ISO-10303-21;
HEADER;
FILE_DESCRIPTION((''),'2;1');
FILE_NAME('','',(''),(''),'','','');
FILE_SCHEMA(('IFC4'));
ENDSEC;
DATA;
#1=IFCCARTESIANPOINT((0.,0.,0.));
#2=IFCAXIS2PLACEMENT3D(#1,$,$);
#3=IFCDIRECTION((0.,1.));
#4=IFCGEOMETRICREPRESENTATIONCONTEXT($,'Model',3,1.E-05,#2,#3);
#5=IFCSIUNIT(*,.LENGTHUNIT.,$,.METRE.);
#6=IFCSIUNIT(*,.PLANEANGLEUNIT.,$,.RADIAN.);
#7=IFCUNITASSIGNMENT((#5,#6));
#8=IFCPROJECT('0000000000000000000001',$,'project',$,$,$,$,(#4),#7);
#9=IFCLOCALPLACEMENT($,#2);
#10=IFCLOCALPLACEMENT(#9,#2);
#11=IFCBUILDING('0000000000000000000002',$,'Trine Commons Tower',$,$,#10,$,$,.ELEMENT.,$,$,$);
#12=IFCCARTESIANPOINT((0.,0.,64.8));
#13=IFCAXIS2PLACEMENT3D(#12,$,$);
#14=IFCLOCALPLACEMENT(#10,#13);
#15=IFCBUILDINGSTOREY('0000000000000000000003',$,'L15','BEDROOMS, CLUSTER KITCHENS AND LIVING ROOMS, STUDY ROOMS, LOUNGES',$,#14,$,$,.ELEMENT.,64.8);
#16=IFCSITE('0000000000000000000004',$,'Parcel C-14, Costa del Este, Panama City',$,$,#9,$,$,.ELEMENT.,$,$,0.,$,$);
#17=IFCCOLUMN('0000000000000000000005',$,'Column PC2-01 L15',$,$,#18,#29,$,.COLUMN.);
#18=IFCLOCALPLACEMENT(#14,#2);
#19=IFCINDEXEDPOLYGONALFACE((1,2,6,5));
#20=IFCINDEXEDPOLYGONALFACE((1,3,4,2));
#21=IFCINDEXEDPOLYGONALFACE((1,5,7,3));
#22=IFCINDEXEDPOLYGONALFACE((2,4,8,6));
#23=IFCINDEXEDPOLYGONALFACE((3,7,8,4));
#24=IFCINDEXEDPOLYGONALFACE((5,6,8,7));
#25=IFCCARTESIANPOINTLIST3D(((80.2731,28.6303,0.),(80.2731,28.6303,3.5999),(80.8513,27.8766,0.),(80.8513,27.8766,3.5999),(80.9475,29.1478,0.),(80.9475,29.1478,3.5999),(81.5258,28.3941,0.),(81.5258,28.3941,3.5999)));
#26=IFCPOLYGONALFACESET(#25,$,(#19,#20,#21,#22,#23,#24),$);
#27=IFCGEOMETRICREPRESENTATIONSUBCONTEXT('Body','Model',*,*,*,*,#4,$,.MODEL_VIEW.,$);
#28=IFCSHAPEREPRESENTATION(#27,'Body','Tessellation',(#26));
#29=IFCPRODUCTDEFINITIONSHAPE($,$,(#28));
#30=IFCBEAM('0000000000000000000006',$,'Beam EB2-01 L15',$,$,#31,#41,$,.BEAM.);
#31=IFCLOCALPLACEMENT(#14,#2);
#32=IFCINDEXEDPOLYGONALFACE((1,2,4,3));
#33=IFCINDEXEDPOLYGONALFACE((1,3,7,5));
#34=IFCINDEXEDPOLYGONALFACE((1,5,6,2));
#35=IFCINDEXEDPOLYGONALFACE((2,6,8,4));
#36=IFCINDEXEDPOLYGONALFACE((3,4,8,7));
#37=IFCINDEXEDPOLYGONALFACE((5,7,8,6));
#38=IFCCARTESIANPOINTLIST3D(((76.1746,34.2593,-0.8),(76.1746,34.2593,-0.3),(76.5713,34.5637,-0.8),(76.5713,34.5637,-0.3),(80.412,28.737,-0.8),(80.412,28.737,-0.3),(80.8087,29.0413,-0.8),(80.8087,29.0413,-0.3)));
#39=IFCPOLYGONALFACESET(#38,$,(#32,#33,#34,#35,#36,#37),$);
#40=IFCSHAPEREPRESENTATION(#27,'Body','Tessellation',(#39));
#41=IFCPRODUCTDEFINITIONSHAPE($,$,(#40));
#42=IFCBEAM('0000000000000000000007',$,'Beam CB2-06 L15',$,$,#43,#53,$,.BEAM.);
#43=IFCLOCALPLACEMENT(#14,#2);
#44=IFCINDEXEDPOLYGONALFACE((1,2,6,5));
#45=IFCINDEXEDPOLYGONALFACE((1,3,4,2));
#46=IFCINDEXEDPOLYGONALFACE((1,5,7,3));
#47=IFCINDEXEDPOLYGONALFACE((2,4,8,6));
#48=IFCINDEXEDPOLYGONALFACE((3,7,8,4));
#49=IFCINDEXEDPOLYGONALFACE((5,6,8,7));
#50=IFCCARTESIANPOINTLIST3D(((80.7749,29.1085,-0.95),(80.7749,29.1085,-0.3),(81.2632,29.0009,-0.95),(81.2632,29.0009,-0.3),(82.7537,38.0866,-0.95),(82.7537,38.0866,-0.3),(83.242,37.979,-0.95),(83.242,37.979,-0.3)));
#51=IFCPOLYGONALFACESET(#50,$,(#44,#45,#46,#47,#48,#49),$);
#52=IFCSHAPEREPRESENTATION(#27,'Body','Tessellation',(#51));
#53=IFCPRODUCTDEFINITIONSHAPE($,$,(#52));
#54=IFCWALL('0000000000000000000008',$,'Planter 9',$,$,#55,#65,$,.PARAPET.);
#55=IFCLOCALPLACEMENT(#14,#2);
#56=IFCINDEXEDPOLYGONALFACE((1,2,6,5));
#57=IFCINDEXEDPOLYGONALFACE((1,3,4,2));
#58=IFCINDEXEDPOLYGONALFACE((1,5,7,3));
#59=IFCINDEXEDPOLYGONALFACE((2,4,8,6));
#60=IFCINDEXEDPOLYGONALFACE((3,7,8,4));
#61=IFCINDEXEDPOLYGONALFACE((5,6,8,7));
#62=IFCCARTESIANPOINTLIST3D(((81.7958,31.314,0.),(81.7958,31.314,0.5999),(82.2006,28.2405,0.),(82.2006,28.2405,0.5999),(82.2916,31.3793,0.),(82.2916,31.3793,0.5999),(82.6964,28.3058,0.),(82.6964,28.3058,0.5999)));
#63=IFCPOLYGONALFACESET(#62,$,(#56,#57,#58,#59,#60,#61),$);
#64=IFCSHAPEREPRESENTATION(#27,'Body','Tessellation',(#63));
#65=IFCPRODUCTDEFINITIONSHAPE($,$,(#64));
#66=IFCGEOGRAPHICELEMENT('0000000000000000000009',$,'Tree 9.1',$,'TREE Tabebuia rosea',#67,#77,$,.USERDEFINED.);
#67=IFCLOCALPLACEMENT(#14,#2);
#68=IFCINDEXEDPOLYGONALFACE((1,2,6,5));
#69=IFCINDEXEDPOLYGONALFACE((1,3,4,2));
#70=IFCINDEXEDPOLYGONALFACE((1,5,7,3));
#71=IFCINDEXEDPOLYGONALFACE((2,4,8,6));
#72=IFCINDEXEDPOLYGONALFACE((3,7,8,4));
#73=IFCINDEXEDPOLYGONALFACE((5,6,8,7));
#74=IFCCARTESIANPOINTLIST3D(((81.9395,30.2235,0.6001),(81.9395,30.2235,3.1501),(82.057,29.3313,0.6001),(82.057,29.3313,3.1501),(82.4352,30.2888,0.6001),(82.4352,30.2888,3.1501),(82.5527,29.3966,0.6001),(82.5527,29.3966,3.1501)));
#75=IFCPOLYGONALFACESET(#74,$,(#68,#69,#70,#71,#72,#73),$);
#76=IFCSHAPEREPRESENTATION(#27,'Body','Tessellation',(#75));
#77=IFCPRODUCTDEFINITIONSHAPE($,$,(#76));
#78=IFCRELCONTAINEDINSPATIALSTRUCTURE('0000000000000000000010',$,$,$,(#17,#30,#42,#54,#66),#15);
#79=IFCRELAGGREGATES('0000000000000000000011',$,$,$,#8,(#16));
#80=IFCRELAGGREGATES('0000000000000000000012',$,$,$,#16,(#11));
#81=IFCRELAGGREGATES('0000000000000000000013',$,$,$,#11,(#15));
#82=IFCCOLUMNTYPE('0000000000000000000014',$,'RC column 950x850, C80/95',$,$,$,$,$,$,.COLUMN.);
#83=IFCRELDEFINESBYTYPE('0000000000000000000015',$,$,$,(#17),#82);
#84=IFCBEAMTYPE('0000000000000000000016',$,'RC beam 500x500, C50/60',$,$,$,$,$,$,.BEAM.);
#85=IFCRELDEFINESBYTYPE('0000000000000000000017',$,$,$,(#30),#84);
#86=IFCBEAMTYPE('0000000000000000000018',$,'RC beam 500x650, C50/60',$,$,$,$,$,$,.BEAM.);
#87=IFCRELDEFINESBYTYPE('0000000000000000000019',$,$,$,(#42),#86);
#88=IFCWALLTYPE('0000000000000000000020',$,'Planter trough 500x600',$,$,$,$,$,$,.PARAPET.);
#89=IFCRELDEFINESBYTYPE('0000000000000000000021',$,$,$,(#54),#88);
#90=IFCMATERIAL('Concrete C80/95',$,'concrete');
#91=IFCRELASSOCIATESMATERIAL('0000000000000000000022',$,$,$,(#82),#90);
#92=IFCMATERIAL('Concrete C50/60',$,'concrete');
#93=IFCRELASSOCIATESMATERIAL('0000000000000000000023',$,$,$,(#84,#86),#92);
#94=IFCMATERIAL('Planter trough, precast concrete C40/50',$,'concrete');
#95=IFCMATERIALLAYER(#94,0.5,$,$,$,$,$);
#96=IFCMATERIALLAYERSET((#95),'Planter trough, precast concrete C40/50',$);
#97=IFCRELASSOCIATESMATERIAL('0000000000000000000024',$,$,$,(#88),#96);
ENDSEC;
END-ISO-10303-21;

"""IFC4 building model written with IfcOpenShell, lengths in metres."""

from ifc_helpers import new_model, si_unit, direction, frame, frame_2d, origin, origin_2d, place, context, subcontext, project, spatial, rectangle, extrude, material, layer, layer_set, material_profile, profile_set, type_object, element, save


model = new_model("IFC4")

# Units and contexts
model_context = context("Model", 3, precision=1e-05, world=origin(), true_north=direction((0.0, 1.0)))
body_context = subcontext(model_context, "Body", "Model", "MODEL_VIEW")
ifc_project = project(units=[si_unit("LENGTHUNIT", "METRE"), si_unit("PLANEANGLEUNIT", "RADIAN")], contexts=[model_context])

# Site, building, storey
site_placement = place(None, origin())
site = spatial("IfcSite", under=ifc_project, at=site_placement, Name="Parcel C-14, Costa del Este, Panama City", CompositionType="ELEMENT", RefElevation=0.0)
building_placement = place(site_placement, origin())
building = spatial("IfcBuilding", under=site, at=building_placement, Name="Trine Commons Tower", CompositionType="ELEMENT")
storey_placement = place(building_placement, frame((0.0, 0.0, 64.8)))
storey = spatial("IfcBuildingStorey", under=building, at=storey_placement, Name="L15", Description="BEDROOMS, CLUSTER KITCHENS AND LIVING ROOMS, STUDY ROOMS, LOUNGES", CompositionType="ELEMENT", Elevation=64.8)

# Column
ifc_material_1 = material(Name="Concrete C80/95", Category="concrete")
ifc_material_profile_1 = material_profile(ifc_material_1, rectangle(XDim=0.95, YDim=0.8501, at=origin_2d()), Name="RC 950x850")
ifc_profile_set_1 = profile_set([ifc_material_profile_1], Name="Concrete C80/95")
column_type = type_object("IfcColumnType", Name="RC column 950x850, C80/95", PredefinedType="COLUMN", material=ifc_profile_set_1)
column_placement = place(storey_placement, frame((80.8994, 28.5122, 0.0), z_axis=(0.0, 0.0, 1.0), x_axis=(-0.608761, 0.793353, 0.0)))
element("IfcColumn", 1, at=column_placement, inside=storey, type_object=column_type, Name="Column PC2-01 L15", PredefinedType="COLUMN", context=body_context, shape_type="SweptSolid", body=[
    extrude(rectangle(XDim=0.95, YDim=0.8501, at=origin_2d()), origin(), (0.0, 0.0, 1.0), 3.5999),
])

# Beams
ifc_material_2 = material(Name="Concrete C50/60", Category="concrete")
ifc_material_profile_2 = material_profile(ifc_material_2, rectangle(XDim=0.5, YDim=0.5, at=origin_2d()), Name="RC 500x500")
ifc_profile_set_2 = profile_set([ifc_material_profile_2], Name="Concrete C50/60")
beam_type_1 = type_object("IfcBeamType", Name="RC beam 500x500, C50/60", PredefinedType="BEAM", material=ifc_profile_set_2)
beam_1_placement = place(storey_placement, frame((80.6104, 28.8892, -0.55), z_axis=(-0.608758, 0.793356, 0.0), x_axis=(-0.793356, -0.608758, 0.0)))
element("IfcBeam", 2, at=beam_1_placement, inside=storey, type_object=beam_type_1, Name="Beam EB2-01 L15", PredefinedType="BEAM", context=body_context, shape_type="SweptSolid", body=[
    extrude(rectangle(XDim=0.5, YDim=0.5, at=origin_2d()), origin(), (0.0, 0.0, 1.0), 6.9607),
])
ifc_material_profile_3 = material_profile(ifc_material_2, rectangle(XDim=0.5, YDim=0.6499, at=origin_2d()), Name="RC 500x650")
ifc_profile_set_3 = profile_set([ifc_material_profile_3], Name="Concrete C50/60")
beam_type_2 = type_object("IfcBeamType", Name="RC beam 500x650, C50/60", PredefinedType="BEAM", material=ifc_profile_set_3)
beam_2_placement = place(storey_placement, frame((81.019, 29.0547, -0.625), z_axis=(0.215235, 0.976562, 0.0), x_axis=(-0.976562, 0.215235, 0.0)))
element("IfcBeam", 3, at=beam_2_placement, inside=storey, type_object=beam_type_2, Name="Beam CB2-06 L15", PredefinedType="BEAM", context=body_context, shape_type="SweptSolid", body=[
    extrude(rectangle(XDim=0.5, YDim=0.6499, at=origin_2d()), origin(), (0.0, 0.0, 1.0), 9.1936),
])

# Wall
ifc_material_3 = material(Name="Planter trough, precast concrete C40/50", Category="concrete")
ifc_layer_1 = layer(ifc_material_3, 0.5)
ifc_layer_set_1 = layer_set([ifc_layer_1], Name="Planter trough, precast concrete C40/50")
wall_type_1 = type_object("IfcWallType", Name="Planter trough 500x600", PredefinedType="PARAPET", material=ifc_layer_set_1)
wall_1_placement = place(storey_placement, frame((82.0437, 31.3467, 0.0), z_axis=(0.0, 0.0, 1.0), x_axis=(0.130575, -0.991438, 0.0)))
element("IfcWall", 4, at=wall_1_placement, inside=storey, type_object=wall_type_1, Name="Planter 9", PredefinedType="PARAPET", context=body_context, shape_type="SweptSolid", body=[
    extrude(rectangle(XDim=3.1001, YDim=0.5, at=frame_2d((1.55, 0.0))), origin(), (0.0, 0.0, 1.0), 0.5999),
])

# Geographic element
geographic_element_placement = place(storey_placement, frame((82.2461, 29.8101, 0.6001), z_axis=(0.0, 0.0, 1.0), x_axis=(0.130547, -0.991442, 0.0)))
element("IfcGeographicElement", 5, at=geographic_element_placement, inside=storey, Name="Tree 9.1", ObjectType="TREE Tabebuia rosea", PredefinedType="USERDEFINED", context=body_context, shape_type="SweptSolid", body=[
    extrude(rectangle(XDim=0.8999, YDim=0.5, at=origin_2d()), origin(), (0.0, 0.0, 1.0), 2.55),
])

save(model, "model.ifc")
